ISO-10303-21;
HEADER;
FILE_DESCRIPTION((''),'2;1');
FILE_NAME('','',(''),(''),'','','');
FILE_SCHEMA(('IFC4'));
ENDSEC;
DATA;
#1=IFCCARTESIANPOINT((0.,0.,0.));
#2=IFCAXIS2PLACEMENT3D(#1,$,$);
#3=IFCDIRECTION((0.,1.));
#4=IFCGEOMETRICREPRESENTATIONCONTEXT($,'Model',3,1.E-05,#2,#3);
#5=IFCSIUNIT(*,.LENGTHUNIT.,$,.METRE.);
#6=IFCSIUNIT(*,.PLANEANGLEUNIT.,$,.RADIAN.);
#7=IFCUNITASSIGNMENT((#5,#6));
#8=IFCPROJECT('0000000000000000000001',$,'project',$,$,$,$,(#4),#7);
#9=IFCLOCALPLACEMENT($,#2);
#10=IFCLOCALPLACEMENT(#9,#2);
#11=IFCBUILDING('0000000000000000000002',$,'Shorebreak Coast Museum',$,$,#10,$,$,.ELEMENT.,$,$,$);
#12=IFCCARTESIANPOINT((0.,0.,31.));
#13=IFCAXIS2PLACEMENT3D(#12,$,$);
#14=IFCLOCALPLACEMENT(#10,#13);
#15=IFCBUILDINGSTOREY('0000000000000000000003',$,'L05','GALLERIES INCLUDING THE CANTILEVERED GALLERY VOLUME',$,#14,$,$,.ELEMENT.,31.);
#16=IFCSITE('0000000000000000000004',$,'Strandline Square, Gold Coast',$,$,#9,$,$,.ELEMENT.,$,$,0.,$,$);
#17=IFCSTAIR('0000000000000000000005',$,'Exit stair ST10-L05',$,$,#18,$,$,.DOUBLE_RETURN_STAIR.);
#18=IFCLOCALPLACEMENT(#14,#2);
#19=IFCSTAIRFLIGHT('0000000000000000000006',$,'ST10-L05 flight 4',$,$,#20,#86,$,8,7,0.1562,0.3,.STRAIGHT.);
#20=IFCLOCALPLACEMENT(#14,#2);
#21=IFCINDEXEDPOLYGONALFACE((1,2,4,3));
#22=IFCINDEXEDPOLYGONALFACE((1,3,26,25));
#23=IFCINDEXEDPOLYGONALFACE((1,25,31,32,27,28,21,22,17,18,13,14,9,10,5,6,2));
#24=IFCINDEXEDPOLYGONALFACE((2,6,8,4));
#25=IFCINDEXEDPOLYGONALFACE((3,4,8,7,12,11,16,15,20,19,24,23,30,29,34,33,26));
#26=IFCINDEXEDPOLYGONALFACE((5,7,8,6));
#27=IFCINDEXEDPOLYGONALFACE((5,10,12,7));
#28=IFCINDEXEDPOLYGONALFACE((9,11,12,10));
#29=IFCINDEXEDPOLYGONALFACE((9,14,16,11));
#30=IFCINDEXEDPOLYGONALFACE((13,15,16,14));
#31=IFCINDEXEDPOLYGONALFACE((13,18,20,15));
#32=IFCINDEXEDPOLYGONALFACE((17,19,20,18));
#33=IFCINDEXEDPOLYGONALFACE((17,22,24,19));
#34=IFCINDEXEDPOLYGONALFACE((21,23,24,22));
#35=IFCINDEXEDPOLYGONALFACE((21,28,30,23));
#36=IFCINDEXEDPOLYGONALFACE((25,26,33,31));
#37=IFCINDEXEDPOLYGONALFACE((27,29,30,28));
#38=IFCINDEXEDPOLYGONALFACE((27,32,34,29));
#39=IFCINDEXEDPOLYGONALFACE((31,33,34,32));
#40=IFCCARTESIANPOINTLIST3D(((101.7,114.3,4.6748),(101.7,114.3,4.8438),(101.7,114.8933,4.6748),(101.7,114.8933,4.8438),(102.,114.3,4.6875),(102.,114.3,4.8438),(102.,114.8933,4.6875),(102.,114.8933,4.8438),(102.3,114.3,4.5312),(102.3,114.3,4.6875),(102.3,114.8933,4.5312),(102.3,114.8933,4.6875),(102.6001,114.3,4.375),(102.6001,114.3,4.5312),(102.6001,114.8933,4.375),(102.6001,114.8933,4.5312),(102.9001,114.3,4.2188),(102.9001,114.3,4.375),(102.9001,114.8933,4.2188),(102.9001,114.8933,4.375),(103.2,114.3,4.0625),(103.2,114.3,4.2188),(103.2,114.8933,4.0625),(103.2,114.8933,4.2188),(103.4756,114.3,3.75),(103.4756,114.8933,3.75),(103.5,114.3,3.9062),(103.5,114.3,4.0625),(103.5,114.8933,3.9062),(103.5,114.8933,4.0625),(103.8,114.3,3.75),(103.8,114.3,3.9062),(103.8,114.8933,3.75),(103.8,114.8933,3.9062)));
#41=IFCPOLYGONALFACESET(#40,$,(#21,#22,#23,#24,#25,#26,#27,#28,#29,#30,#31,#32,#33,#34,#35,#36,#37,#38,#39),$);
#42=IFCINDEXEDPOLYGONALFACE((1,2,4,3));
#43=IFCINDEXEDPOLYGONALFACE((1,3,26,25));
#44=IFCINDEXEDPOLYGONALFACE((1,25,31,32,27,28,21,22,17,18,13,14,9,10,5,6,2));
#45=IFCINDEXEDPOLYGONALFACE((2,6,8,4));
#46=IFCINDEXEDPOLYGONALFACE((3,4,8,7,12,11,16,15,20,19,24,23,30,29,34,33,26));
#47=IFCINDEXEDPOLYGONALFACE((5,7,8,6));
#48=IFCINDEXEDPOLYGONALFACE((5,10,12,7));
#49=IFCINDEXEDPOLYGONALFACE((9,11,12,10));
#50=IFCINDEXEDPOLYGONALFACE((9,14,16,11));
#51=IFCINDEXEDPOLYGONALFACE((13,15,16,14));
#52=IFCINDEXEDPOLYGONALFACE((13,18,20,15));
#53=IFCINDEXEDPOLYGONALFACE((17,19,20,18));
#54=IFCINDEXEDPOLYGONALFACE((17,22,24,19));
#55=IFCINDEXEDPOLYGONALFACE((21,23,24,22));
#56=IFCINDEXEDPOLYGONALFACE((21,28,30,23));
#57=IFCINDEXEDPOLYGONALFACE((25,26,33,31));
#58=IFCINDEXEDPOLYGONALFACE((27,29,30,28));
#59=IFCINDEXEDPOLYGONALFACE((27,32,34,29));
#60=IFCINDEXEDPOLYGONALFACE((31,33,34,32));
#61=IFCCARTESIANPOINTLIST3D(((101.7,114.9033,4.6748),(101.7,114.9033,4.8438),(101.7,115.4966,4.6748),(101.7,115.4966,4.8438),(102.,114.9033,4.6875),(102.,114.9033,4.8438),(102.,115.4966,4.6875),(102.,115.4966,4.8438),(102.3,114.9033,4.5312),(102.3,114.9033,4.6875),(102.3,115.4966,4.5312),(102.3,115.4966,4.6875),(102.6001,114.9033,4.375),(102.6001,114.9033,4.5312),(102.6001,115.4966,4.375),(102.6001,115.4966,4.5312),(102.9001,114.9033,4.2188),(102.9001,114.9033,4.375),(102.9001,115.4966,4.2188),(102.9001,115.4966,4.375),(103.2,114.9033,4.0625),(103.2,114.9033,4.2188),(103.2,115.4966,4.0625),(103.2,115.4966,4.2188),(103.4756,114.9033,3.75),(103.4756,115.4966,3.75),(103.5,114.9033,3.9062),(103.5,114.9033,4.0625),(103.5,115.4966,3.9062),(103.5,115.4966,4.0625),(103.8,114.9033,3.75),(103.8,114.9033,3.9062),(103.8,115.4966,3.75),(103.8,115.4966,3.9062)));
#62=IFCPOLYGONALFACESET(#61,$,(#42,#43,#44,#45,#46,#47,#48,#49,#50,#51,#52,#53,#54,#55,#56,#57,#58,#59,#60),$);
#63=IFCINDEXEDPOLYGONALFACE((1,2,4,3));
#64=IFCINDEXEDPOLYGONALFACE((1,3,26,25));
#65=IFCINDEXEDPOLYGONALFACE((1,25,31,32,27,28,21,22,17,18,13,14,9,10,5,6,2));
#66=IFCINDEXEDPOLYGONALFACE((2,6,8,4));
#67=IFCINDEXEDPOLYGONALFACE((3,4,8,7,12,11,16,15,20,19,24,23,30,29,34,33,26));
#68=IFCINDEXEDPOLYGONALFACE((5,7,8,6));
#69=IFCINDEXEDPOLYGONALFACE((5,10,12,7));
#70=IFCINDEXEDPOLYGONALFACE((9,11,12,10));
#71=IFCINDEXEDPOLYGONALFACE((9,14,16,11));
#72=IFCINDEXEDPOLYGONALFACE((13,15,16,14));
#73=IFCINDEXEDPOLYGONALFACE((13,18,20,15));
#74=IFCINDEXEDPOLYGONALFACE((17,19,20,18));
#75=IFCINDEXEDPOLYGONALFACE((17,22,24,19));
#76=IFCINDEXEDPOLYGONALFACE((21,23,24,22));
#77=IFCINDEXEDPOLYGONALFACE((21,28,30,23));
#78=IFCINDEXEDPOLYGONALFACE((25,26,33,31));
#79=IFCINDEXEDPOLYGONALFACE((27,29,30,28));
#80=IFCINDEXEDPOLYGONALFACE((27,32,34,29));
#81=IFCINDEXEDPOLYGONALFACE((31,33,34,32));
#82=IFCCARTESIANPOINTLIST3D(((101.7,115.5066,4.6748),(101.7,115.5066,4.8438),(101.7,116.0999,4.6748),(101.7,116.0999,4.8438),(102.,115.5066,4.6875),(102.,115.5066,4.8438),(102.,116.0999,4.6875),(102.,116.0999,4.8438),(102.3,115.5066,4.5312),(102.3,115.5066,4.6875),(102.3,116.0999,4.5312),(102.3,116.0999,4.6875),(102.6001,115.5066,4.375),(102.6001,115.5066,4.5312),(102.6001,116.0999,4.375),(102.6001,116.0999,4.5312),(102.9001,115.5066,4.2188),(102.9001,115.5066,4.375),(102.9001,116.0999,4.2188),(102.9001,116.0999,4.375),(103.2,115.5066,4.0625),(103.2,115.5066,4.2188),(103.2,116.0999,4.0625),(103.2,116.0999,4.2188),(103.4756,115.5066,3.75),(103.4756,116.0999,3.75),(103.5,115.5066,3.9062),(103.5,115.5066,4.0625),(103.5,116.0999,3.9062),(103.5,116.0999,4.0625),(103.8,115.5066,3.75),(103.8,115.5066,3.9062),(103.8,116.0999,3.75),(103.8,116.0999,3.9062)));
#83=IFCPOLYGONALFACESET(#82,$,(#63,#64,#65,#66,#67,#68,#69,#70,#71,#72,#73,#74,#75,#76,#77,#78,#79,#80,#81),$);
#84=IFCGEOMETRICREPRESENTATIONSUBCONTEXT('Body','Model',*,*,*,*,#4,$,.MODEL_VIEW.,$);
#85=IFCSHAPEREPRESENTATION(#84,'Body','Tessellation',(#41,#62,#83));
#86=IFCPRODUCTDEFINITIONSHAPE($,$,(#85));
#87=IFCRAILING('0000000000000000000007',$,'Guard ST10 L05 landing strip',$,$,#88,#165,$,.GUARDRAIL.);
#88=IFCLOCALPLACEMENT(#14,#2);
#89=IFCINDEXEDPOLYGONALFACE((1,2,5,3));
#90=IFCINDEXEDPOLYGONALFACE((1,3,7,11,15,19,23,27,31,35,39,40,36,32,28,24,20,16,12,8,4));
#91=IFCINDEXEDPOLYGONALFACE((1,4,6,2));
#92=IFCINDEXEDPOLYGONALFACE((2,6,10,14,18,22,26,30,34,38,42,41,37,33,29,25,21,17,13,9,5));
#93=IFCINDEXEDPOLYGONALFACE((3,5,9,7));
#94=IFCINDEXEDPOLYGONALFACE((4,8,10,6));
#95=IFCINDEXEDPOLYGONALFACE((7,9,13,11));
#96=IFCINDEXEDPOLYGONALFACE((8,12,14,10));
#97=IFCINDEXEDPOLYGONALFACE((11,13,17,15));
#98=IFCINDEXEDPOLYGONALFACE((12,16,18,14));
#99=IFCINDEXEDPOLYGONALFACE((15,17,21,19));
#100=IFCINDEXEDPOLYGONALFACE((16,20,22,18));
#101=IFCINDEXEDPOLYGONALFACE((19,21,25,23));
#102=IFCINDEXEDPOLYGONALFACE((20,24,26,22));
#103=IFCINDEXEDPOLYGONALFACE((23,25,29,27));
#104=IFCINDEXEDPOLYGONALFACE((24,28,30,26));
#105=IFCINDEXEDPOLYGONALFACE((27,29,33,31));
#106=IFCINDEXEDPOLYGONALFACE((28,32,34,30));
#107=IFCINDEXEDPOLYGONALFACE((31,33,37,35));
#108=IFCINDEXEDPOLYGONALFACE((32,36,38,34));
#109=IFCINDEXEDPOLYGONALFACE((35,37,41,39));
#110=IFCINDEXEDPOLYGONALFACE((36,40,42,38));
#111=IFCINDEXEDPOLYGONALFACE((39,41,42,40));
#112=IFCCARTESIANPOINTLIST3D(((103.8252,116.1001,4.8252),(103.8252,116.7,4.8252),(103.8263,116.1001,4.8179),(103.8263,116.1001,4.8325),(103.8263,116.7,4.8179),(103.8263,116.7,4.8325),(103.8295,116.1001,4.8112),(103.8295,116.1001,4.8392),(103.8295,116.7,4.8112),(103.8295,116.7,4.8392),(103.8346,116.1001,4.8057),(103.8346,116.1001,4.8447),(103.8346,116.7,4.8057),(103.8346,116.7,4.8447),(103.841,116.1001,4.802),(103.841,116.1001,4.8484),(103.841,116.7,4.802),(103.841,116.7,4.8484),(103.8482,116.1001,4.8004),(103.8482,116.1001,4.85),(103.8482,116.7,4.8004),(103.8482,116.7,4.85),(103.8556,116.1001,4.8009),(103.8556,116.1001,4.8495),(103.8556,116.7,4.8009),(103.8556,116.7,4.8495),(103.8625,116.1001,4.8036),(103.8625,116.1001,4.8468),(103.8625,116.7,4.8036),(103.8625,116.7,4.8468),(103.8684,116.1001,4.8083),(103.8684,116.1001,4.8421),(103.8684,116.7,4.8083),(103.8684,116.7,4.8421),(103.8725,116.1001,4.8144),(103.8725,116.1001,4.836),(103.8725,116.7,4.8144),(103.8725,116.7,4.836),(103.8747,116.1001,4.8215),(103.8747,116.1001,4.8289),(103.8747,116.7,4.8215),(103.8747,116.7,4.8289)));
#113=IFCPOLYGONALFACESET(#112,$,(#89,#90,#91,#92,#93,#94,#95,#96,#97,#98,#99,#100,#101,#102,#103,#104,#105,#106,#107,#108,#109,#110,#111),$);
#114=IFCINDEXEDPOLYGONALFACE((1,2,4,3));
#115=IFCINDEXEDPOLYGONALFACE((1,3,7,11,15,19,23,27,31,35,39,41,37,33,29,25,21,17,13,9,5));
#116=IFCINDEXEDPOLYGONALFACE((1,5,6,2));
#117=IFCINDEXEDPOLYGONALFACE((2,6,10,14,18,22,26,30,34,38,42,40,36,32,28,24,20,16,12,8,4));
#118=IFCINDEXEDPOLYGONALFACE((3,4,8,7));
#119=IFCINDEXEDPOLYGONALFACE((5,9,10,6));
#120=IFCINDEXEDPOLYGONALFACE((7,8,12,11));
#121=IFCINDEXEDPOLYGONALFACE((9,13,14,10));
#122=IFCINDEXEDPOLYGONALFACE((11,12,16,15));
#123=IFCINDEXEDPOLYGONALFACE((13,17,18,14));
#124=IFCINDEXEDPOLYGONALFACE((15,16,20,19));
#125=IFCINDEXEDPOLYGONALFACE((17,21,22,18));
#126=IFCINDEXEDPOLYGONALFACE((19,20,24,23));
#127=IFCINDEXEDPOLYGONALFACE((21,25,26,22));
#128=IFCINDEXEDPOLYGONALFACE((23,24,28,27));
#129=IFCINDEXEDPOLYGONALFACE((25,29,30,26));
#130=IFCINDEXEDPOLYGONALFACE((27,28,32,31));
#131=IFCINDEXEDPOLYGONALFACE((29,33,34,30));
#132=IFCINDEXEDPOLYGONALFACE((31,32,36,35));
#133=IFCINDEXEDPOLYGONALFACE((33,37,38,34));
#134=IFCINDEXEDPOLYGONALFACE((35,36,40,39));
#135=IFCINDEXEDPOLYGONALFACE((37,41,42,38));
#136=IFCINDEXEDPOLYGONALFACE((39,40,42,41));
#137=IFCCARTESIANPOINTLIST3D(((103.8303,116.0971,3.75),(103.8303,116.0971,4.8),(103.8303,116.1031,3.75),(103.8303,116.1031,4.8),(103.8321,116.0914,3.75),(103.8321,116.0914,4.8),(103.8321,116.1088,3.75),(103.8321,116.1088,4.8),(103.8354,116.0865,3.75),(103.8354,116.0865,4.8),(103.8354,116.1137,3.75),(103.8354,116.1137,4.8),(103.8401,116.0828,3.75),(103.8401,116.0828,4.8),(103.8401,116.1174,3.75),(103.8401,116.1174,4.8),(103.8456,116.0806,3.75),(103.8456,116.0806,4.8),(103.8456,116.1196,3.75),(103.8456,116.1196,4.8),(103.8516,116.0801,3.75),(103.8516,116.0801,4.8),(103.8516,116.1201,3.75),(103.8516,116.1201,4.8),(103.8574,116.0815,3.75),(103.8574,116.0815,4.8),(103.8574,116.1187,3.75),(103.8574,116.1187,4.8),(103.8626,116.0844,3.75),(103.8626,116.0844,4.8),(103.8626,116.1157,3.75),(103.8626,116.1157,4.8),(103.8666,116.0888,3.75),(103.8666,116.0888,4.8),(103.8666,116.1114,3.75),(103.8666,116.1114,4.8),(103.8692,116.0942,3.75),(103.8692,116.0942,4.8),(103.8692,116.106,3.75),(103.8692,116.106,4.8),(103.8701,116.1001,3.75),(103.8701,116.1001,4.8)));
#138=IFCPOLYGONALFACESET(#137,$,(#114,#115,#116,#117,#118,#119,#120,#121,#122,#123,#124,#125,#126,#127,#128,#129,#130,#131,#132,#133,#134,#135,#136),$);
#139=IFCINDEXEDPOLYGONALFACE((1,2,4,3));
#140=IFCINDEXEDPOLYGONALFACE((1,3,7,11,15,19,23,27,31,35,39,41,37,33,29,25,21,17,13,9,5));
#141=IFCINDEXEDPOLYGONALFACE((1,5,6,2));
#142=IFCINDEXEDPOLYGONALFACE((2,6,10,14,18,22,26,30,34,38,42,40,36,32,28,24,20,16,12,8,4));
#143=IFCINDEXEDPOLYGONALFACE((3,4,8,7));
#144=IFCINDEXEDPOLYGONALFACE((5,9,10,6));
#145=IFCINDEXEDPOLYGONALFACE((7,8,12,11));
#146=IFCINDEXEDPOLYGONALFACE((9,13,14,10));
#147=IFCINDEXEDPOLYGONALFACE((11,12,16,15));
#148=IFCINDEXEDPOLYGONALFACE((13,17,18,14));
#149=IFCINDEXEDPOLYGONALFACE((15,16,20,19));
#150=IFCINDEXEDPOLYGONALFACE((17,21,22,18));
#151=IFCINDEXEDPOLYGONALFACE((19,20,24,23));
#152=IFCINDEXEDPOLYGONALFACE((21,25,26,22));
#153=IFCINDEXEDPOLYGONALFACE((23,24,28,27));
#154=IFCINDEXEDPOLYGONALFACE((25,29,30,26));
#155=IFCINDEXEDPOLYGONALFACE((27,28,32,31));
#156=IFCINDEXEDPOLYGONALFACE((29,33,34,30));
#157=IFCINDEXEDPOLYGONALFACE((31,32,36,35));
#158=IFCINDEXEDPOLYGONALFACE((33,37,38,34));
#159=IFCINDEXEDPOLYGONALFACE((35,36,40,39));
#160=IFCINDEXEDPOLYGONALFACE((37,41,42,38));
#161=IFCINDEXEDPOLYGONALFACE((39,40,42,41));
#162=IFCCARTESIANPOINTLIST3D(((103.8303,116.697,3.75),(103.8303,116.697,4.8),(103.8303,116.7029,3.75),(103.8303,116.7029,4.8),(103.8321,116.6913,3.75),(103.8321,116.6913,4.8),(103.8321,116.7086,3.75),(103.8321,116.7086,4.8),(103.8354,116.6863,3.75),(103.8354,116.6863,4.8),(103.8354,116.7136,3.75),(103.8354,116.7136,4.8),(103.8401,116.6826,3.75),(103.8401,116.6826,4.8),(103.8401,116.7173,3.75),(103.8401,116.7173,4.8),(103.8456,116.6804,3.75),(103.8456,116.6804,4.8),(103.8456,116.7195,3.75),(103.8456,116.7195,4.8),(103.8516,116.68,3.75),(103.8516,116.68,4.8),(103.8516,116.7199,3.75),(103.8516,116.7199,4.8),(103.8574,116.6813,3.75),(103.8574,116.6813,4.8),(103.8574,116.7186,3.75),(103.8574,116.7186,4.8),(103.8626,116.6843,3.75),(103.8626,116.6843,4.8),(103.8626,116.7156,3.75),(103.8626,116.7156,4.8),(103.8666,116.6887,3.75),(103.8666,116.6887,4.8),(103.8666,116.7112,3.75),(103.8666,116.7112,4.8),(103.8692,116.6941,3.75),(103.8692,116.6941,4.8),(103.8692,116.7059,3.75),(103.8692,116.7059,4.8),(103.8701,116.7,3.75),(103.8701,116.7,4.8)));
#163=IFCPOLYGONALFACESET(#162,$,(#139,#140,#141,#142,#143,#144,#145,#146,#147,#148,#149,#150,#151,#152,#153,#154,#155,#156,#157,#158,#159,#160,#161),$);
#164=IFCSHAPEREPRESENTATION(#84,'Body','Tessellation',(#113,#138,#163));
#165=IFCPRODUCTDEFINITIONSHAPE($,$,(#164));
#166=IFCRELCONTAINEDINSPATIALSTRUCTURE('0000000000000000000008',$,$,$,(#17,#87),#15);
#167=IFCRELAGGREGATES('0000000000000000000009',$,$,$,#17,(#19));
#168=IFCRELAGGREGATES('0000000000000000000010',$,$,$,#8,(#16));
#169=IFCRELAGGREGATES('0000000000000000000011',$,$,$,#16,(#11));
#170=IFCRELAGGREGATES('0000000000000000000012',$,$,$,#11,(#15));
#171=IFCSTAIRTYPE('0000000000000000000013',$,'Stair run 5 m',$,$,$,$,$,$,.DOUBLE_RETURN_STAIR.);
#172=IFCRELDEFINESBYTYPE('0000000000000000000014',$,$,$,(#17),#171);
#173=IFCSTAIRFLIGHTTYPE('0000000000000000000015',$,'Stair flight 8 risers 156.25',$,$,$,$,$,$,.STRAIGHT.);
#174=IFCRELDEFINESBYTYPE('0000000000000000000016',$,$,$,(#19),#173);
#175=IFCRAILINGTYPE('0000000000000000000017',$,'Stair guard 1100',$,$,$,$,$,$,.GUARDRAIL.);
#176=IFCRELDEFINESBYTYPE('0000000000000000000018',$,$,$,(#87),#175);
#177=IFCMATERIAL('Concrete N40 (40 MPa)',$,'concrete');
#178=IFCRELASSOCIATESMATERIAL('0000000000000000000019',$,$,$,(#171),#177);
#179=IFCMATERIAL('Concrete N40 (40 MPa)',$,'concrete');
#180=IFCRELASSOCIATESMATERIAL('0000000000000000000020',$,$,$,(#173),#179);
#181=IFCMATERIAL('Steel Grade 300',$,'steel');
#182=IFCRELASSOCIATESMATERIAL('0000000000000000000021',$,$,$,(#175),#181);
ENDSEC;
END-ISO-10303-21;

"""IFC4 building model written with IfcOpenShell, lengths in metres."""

from ifc_helpers import new_model, si_unit, direction, frame, origin, origin_2d, place, context, subcontext, project, spatial, polyline, circle, outline, extrude, material, type_object, element, aggregate, save


model = new_model("IFC4")

# Units and contexts
model_context = context("Model", 3, precision=1e-05, world=origin(), true_north=direction((0.0, 1.0)))
body_context = subcontext(model_context, "Body", "Model", "MODEL_VIEW")
ifc_project = project(units=[si_unit("LENGTHUNIT", "METRE"), si_unit("PLANEANGLEUNIT", "RADIAN")], contexts=[model_context])

# Site, building, storey
site_placement = place(None, origin())
site = spatial("IfcSite", under=ifc_project, at=site_placement, Name="Strandline Square, Gold Coast", CompositionType="ELEMENT", RefElevation=0.0)
building_placement = place(site_placement, origin())
building = spatial("IfcBuilding", under=site, at=building_placement, Name="Shorebreak Coast Museum", CompositionType="ELEMENT")
storey_placement = place(building_placement, frame((0.0, 0.0, 31.0)))
storey = spatial("IfcBuildingStorey", under=building, at=storey_placement, Name="L05", Description="GALLERIES INCLUDING THE CANTILEVERED GALLERY VOLUME", CompositionType="ELEMENT", Elevation=31.0)

# Stair, stair flight
ifc_material_1 = material(Name="Concrete N40 (40 MPa)", Category="concrete")
stair_type = type_object("IfcStairType", Name="Stair run 5 m", PredefinedType="DOUBLE_RETURN_STAIR", material=ifc_material_1)
stair_placement = place(storey_placement, origin())
stair = element("IfcStair", 1, at=stair_placement, inside=storey, type_object=stair_type, Name="Exit stair ST10-L05", PredefinedType="DOUBLE_RETURN_STAIR")
ifc_material_2 = material(Name="Concrete N40 (40 MPa)", Category="concrete")
stair_flight_type = type_object("IfcStairFlightType", Name="Stair flight 8 risers 156.25", PredefinedType="STRAIGHT", material=ifc_material_2)
stair_flight_placement = place(storey_placement, frame((103.8, 115.2, 3.75), z_axis=(0.0, 0.0, 1.0), x_axis=(-1.0, 0.0, 0.0)))
stair_flight = element("IfcStairFlight", 2, at=stair_flight_placement, type_object=stair_flight_type, Name="ST10-L05 flight 4", NumberOfRisers=8, NumberOfTreads=7, PredefinedType="STRAIGHT", RiserHeight=0.1562, TreadLength=0.3, context=body_context, shape_type="SweptSolid", body=[
    extrude(outline(polyline([(0.0, 0.0), (0.0, 0.1562), (0.3, 0.1562), (0.3, 0.3125), (0.6001, 0.3125), (0.6001, 0.4688), (0.8999, 0.4688), (0.8999, 0.625), (1.2, 0.625), (1.2, 0.7812), (1.5, 0.7812), (1.5, 0.9375), (1.8, 0.9375), (1.8, 1.0938), (2.1001, 1.0938), (2.1001, 1.25), (2.1001, 0.9248), (0.3245, 0.0), (0.0, 0.0)])), frame((0.0, 0.8999, 0.0), z_axis=(0.0, -1.0, 0.0), x_axis=(1.0, 0.0, 0.0)), (0.0, 0.0, 1.0), 0.5933),
    extrude(outline(polyline([(0.0, 0.0), (0.0, 0.1562), (0.3, 0.1562), (0.3, 0.3125), (0.6001, 0.3125), (0.6001, 0.4688), (0.8999, 0.4688), (0.8999, 0.625), (1.2, 0.625), (1.2, 0.7812), (1.5, 0.7812), (1.5, 0.9375), (1.8, 0.9375), (1.8, 1.0938), (2.1001, 1.0938), (2.1001, 1.25), (2.1001, 0.9248), (0.3245, 0.0), (0.0, 0.0)])), frame((0.0, 0.2966, 0.0), z_axis=(0.0, -1.0, 0.0), x_axis=(1.0, 0.0, 0.0)), (0.0, 0.0, 1.0), 0.5933),
    extrude(outline(polyline([(0.0, 0.0), (0.0, 0.1562), (0.3, 0.1562), (0.3, 0.3125), (0.6001, 0.3125), (0.6001, 0.4688), (0.8999, 0.4688), (0.8999, 0.625), (1.2, 0.625), (1.2, 0.7812), (1.5, 0.7812), (1.5, 0.9375), (1.8, 0.9375), (1.8, 1.0938), (2.1001, 1.0938), (2.1001, 1.25), (2.1001, 0.9248), (0.3245, 0.0), (0.0, 0.0)])), frame((0.0, -0.3066, 0.0), z_axis=(0.0, -1.0, 0.0), x_axis=(1.0, 0.0, 0.0)), (0.0, 0.0, 1.0), 0.5933),
])
aggregate(stair, [stair_flight])

# Railing
ifc_material_3 = material(Name="Steel Grade 300", Category="steel")
railing_type_1 = type_object("IfcRailingType", Name="Stair guard 1100", PredefinedType="GUARDRAIL", material=ifc_material_3)
railing_1_placement = place(storey_placement, frame((103.8501, 116.1001, 3.75)))
element("IfcRailing", 3, at=railing_1_placement, inside=storey, type_object=railing_type_1, Name="Guard ST10 L05 landing strip", PredefinedType="GUARDRAIL", context=body_context, shape_type="SweptSolid", body=[
    extrude(circle(Radius=0.0249, at=origin_2d()), frame((0.0, 0.0, 1.0752), z_axis=(0.0, 1.0, 0.0), x_axis=(-1.0, 0.0, 0.0)), (0.0, 0.0, 1.0), 0.5999),
    extrude(circle(Radius=0.02, at=origin_2d()), origin(), (0.0, 0.0, 1.0), 1.05),
    extrude(circle(Radius=0.02, at=origin_2d()), frame((0.0, 0.5999, 0.0)), (0.0, 0.0, 1.0), 1.05),
])

save(model, "model.ifc")
